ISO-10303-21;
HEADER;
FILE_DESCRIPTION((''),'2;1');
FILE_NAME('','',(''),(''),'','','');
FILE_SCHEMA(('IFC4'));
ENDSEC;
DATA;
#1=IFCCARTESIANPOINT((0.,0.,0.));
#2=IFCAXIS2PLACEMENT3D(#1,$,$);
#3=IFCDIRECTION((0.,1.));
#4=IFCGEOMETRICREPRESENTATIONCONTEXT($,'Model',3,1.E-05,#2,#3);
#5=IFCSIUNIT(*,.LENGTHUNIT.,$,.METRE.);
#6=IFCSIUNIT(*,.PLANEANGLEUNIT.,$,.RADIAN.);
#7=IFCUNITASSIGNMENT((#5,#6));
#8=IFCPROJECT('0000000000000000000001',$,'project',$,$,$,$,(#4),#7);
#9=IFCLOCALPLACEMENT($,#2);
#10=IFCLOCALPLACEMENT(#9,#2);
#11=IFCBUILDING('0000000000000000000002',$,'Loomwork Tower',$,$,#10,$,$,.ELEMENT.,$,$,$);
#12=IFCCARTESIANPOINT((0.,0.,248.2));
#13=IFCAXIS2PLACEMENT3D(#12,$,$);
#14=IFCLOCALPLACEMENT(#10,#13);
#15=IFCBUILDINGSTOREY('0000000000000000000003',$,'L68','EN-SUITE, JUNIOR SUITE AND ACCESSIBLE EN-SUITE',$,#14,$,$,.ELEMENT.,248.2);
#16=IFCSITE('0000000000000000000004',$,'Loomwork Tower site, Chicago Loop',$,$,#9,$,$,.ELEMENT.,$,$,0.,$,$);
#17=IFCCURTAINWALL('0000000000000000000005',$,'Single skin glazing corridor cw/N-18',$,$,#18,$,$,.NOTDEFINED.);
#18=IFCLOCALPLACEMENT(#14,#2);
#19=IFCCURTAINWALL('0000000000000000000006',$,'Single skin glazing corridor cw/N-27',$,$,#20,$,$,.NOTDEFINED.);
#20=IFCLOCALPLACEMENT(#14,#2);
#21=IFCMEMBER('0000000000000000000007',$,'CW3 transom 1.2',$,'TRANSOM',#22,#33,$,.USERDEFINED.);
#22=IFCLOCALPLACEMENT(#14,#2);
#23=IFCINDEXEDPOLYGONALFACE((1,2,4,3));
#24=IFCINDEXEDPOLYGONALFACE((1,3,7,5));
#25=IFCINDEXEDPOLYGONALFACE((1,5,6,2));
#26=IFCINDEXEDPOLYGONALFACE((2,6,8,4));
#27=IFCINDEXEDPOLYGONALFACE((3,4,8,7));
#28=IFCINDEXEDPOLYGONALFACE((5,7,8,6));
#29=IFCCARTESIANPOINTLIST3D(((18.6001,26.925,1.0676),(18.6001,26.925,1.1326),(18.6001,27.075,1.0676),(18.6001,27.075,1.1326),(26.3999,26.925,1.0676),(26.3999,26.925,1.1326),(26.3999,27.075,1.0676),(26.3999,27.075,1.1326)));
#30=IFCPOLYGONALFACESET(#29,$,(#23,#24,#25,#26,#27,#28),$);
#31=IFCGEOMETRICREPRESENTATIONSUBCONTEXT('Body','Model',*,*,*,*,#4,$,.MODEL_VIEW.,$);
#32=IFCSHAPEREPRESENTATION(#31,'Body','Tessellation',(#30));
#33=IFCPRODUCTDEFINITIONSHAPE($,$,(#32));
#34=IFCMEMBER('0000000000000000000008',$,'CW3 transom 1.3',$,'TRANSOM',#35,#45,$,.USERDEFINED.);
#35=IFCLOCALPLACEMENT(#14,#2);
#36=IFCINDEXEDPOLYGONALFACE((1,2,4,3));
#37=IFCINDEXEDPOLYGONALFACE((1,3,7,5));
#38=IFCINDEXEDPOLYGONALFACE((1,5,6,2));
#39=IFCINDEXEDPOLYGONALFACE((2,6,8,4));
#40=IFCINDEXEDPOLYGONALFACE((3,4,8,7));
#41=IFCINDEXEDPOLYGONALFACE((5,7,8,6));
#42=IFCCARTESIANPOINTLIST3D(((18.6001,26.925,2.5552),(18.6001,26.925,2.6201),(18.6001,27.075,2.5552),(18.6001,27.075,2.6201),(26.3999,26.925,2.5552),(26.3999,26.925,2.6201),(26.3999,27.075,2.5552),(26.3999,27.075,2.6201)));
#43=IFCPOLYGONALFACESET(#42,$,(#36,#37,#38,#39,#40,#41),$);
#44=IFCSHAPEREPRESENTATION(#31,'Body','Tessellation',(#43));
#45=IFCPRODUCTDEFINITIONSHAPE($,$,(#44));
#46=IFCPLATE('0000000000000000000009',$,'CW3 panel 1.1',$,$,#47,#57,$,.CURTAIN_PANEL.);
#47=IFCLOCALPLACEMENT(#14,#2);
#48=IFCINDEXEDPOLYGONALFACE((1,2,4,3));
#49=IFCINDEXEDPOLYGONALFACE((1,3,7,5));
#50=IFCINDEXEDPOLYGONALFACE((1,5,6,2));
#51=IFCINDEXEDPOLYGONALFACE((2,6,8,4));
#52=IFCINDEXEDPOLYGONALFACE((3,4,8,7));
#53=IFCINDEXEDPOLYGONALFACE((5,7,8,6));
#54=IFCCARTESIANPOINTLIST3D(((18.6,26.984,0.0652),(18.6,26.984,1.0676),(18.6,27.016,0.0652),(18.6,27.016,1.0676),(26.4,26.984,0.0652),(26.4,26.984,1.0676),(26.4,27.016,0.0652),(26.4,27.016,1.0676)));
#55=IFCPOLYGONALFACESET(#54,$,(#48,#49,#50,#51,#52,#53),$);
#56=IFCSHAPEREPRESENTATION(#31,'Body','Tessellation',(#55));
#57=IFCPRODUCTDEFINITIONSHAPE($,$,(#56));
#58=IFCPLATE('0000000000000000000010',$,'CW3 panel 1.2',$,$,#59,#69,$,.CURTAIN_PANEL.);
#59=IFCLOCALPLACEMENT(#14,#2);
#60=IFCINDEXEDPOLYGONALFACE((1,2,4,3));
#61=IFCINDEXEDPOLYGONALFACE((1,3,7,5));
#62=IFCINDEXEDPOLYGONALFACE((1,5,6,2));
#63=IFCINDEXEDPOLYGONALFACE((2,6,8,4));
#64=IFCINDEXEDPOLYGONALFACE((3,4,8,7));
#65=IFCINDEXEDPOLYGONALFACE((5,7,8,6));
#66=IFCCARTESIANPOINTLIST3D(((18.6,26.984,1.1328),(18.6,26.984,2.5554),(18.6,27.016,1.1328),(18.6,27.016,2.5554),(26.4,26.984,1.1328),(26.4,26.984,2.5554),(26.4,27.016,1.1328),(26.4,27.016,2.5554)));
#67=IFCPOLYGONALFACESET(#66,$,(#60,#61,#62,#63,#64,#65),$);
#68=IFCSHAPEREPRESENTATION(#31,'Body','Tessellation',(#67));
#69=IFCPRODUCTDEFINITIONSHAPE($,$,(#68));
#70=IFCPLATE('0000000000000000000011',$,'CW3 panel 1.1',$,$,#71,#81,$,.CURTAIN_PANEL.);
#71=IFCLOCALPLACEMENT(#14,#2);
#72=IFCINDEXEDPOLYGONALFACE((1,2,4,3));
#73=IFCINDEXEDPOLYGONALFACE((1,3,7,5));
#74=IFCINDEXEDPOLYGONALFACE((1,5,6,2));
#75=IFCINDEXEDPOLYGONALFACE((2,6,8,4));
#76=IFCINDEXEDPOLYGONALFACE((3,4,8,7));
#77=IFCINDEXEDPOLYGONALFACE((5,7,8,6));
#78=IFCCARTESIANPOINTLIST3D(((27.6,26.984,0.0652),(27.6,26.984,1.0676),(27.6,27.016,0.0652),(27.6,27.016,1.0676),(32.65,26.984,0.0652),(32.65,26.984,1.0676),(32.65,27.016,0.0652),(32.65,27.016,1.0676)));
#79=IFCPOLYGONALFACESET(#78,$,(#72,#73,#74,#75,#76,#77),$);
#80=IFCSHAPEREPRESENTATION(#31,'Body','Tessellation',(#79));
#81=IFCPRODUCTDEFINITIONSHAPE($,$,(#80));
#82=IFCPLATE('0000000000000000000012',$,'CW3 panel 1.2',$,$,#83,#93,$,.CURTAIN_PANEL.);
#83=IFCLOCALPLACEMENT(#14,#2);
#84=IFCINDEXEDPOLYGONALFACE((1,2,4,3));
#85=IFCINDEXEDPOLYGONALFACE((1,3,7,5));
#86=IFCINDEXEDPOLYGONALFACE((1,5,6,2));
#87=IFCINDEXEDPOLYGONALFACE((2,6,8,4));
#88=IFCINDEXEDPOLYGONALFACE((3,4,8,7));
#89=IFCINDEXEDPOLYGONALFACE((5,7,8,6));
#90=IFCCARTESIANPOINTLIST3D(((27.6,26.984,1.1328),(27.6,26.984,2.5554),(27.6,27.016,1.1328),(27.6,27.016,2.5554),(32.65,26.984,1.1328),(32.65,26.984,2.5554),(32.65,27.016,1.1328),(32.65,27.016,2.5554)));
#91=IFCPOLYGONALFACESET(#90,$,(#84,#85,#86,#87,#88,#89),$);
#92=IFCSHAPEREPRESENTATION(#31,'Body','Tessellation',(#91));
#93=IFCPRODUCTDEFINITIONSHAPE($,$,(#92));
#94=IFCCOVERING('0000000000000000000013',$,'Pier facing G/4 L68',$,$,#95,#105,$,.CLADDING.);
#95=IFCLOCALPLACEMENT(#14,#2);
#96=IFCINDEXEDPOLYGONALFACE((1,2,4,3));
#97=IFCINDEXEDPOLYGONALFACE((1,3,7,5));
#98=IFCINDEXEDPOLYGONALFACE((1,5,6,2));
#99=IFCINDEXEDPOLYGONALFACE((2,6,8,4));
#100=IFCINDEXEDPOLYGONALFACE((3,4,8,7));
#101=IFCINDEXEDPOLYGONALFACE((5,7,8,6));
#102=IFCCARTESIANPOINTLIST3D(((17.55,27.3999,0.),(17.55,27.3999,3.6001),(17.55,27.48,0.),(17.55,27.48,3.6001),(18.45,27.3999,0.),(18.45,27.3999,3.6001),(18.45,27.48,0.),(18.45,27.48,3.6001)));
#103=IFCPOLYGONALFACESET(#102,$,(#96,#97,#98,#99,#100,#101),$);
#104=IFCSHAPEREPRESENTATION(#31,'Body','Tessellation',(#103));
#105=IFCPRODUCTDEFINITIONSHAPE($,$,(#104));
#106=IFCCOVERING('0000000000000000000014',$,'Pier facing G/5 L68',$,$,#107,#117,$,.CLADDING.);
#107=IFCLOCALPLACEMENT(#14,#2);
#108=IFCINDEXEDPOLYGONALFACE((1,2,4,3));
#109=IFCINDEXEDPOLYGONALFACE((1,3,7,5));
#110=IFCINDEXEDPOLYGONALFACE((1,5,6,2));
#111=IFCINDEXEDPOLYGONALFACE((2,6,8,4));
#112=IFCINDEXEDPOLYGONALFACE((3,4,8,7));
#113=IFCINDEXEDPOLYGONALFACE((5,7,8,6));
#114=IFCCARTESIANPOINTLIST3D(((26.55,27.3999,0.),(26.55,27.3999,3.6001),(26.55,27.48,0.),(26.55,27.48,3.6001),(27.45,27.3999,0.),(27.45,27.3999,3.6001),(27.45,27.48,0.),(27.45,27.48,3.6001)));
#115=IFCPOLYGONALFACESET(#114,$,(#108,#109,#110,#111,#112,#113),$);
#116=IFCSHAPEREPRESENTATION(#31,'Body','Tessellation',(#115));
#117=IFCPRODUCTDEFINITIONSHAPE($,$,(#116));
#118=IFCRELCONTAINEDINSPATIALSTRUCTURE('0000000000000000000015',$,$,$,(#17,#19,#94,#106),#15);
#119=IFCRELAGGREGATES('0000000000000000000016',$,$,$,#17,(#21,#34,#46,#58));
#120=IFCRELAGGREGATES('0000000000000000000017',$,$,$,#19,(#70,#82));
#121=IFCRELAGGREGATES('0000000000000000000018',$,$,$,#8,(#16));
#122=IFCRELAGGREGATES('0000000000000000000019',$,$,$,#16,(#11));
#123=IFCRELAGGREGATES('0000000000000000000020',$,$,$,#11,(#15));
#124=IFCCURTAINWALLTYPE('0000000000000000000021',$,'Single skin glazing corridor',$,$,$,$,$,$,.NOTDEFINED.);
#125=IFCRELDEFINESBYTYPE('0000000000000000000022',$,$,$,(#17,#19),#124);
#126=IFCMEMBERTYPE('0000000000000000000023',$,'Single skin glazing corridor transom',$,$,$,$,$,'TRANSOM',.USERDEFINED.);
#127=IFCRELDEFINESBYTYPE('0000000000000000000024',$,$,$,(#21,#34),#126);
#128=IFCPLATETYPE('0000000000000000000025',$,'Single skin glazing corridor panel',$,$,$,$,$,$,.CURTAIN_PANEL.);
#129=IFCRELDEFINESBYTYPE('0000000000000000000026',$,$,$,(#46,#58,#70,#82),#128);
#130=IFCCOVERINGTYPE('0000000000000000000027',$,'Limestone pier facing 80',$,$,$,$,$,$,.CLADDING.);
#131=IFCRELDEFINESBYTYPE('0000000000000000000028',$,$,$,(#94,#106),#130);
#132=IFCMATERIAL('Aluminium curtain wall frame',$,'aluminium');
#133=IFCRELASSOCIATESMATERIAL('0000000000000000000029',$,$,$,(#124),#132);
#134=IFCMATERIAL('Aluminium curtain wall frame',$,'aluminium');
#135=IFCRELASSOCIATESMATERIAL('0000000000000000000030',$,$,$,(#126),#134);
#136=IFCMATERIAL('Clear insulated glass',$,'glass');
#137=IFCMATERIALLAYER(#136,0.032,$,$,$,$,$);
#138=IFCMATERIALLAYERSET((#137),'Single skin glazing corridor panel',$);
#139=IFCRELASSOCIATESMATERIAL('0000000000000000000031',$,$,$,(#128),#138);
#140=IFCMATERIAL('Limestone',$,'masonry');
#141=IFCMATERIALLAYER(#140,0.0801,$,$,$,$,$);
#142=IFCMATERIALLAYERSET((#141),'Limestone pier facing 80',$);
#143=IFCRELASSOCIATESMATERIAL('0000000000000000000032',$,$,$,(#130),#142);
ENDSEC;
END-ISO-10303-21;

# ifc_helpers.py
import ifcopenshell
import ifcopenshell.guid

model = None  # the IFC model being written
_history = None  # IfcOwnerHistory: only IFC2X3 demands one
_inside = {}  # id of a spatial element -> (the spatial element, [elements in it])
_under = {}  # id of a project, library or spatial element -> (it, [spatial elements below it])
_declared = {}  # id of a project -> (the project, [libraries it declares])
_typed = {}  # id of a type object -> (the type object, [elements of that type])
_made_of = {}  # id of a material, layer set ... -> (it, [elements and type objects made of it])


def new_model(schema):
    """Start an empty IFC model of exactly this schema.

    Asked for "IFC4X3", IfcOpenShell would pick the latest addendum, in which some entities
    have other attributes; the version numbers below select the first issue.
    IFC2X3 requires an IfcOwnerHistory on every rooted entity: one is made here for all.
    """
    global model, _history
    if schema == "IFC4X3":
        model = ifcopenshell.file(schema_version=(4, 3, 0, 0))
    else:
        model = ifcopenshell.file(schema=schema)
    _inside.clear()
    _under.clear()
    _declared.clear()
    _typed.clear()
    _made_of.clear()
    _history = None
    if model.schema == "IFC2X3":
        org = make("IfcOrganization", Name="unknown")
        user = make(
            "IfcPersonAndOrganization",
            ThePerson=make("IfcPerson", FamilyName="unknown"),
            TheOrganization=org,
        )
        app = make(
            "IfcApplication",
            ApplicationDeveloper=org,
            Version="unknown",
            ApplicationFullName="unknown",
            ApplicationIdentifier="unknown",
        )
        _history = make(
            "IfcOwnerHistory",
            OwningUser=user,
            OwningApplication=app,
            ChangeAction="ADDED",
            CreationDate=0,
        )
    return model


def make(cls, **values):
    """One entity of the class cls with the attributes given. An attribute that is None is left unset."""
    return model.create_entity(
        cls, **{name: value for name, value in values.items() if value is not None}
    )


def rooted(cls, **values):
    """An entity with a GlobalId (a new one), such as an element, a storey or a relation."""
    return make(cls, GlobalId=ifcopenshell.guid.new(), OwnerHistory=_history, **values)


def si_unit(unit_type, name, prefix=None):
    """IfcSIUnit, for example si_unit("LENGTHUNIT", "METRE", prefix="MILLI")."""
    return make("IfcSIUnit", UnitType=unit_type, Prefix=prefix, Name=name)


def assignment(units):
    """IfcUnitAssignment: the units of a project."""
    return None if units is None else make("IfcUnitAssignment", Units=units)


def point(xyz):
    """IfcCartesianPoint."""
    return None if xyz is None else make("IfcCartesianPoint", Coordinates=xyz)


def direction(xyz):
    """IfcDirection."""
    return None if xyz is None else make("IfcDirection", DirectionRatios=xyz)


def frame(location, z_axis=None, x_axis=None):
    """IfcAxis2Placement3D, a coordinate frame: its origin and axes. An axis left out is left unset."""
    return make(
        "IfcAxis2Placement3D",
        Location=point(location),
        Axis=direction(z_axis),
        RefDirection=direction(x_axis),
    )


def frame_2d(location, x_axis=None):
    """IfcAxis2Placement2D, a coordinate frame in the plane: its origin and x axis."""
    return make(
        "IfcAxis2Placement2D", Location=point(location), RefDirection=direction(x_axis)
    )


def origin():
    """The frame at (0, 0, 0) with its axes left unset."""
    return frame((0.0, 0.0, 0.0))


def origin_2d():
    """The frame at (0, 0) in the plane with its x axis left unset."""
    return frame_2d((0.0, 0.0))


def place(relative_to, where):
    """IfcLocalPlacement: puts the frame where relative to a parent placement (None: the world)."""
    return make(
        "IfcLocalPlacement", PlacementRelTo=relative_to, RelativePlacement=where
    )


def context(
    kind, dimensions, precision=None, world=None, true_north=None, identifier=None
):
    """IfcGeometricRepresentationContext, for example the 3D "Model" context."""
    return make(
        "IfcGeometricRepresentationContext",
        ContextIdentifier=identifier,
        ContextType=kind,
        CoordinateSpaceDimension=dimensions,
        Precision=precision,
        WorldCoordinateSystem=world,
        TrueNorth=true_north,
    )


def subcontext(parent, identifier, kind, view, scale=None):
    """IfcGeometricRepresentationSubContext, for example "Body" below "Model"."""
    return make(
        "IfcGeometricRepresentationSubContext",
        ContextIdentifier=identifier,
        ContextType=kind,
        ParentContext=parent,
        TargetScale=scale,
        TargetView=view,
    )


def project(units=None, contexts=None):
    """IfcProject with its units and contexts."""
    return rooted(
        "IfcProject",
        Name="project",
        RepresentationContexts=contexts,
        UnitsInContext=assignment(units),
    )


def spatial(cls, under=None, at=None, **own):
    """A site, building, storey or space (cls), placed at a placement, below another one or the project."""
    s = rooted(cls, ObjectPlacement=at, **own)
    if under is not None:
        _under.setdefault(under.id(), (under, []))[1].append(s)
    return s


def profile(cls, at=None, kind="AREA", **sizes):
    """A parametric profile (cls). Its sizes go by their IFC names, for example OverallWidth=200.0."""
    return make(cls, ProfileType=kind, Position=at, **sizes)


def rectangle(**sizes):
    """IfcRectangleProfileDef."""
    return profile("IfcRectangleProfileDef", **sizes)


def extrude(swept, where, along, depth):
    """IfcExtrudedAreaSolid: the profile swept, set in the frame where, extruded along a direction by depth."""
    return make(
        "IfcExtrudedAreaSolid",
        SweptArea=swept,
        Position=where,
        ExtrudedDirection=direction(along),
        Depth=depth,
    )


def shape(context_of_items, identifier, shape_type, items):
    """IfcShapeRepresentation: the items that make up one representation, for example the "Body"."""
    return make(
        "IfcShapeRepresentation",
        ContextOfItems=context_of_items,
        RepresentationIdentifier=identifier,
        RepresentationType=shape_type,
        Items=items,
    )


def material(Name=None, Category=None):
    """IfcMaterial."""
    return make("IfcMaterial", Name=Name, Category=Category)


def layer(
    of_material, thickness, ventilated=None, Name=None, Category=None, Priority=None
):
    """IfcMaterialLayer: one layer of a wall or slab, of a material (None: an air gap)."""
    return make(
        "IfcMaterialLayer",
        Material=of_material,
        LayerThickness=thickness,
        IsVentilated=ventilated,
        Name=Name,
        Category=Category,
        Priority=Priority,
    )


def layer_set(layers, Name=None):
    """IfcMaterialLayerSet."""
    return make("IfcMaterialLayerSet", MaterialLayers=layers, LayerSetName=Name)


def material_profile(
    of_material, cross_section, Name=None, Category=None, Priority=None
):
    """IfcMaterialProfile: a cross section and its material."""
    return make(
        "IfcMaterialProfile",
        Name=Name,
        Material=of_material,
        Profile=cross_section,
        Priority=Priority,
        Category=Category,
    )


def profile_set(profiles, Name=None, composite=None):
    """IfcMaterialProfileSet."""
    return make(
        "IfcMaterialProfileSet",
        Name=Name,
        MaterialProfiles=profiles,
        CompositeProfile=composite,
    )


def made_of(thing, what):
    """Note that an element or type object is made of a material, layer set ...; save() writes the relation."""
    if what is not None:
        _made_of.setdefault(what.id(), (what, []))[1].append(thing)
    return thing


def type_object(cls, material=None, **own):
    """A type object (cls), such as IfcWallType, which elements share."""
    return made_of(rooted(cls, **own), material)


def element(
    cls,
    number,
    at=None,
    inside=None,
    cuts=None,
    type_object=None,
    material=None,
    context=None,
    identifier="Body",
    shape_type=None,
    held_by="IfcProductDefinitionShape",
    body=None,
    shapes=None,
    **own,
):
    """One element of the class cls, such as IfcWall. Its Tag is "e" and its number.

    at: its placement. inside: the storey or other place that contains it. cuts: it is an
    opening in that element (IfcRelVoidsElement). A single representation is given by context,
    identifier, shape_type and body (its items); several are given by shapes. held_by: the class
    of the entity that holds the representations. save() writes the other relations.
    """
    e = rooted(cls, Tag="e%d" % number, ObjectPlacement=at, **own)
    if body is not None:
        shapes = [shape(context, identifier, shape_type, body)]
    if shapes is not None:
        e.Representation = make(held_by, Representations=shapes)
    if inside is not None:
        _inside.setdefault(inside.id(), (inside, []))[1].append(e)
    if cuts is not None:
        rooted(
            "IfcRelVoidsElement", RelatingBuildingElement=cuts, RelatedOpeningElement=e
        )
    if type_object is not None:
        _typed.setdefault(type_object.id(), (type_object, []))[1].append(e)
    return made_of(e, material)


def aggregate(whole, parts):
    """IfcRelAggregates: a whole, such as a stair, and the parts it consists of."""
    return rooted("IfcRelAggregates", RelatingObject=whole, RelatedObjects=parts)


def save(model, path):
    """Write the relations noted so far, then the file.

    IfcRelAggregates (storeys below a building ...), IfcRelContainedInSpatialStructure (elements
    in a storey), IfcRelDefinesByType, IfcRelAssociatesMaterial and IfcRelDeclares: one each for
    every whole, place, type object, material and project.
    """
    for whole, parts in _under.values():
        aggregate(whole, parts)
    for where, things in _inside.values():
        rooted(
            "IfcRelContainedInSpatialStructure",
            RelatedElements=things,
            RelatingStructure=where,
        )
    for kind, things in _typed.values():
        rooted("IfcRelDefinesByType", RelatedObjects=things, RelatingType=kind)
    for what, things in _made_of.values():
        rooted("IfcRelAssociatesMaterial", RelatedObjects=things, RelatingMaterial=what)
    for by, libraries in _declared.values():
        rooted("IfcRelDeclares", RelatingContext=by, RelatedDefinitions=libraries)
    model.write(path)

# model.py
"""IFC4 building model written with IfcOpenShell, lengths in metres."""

from ifc_helpers import new_model, si_unit, direction, frame, origin, origin_2d, place, context, subcontext, project, spatial, rectangle, extrude, material, layer, layer_set, material_profile, profile_set, type_object, element, aggregate, save


model = new_model("IFC4")

# Units and contexts
model_context = context("Model", 3, precision=1e-05, world=origin(), true_north=direction((0.0, 1.0)))
body_context = subcontext(model_context, "Body", "Model", "MODEL_VIEW")
ifc_project = project(units=[si_unit("LENGTHUNIT", "METRE"), si_unit("PLANEANGLEUNIT", "RADIAN")], contexts=[model_context])

# Site, building, storey
site_placement = place(None, origin())
site = spatial("IfcSite", under=ifc_project, at=site_placement, Name="Loomwork Tower site, Chicago Loop", CompositionType="ELEMENT", RefElevation=0.0)
building_placement = place(site_placement, origin())
building = spatial("IfcBuilding", under=site, at=building_placement, Name="Loomwork Tower", CompositionType="ELEMENT")
storey_placement = place(building_placement, frame((0.0, 0.0, 248.2)))
storey = spatial("IfcBuildingStorey", under=building, at=storey_placement, Name="L68", Description="EN-SUITE, JUNIOR SUITE AND ACCESSIBLE EN-SUITE", CompositionType="ELEMENT", Elevation=248.2)

# Shared definitions
ifc_material_1 = material(Name="Aluminium curtain wall frame", Category="aluminium")
curtain_wall_type = type_object("IfcCurtainWallType", Name="Single skin glazing corridor", PredefinedType="NOTDEFINED", material=ifc_material_1)

# Curtain wall
curtain_wall_1_placement = place(storey_placement, origin())
curtain_wall_1 = element("IfcCurtainWall", 1, at=curtain_wall_1_placement, inside=storey, type_object=curtain_wall_type, Name="Single skin glazing corridor cw/N-18", PredefinedType="NOTDEFINED")

# Curtain wall
curtain_wall_2_placement = place(storey_placement, origin())
curtain_wall_2 = element("IfcCurtainWall", 2, at=curtain_wall_2_placement, inside=storey, type_object=curtain_wall_type, Name="Single skin glazing corridor cw/N-27", PredefinedType="NOTDEFINED")

# Members
ifc_material_2 = material(Name="Aluminium curtain wall frame", Category="aluminium")
ifc_material_profile_1 = material_profile(ifc_material_2, rectangle(XDim=0.1499, YDim=0.0649, at=origin_2d()), Name="AL 65x150")
ifc_profile_set_1 = profile_set([ifc_material_profile_1], Name="Aluminium curtain wall frame")
member_type_1 = type_object("IfcMemberType", Name="Single skin glazing corridor transom", ElementType="TRANSOM", PredefinedType="USERDEFINED", material=ifc_profile_set_1)
member_1_placement = place(storey_placement, frame((26.3999, 27.0, 1.1001), z_axis=(-1.0, 0.0, 0.0), x_axis=(0.0, -1.0, 0.0)))
member_1 = element("IfcMember", 3, at=member_1_placement, type_object=member_type_1, Name="CW3 transom 1.2", ObjectType="TRANSOM", PredefinedType="USERDEFINED", context=body_context, shape_type="SweptSolid", body=[
    extrude(rectangle(XDim=0.1499, YDim=0.0649, at=origin_2d()), origin(), (0.0, 0.0, 1.0), 7.7998),
])
member_2_placement = place(storey_placement, frame((26.3999, 27.0, 2.5876), z_axis=(-1.0, 0.0, 0.0), x_axis=(0.0, -1.0, 0.0)))
member_2 = element("IfcMember", 4, at=member_2_placement, type_object=member_type_1, Name="CW3 transom 1.3", ObjectType="TRANSOM", PredefinedType="USERDEFINED", context=body_context, shape_type="SweptSolid", body=[
    extrude(rectangle(XDim=0.1499, YDim=0.0649, at=origin_2d()), origin(), (0.0, 0.0, 1.0), 7.7998),
])

# Plates
ifc_material_3 = material(Name="Clear insulated glass", Category="glass")
ifc_layer_1 = layer(ifc_material_3, 0.032)
ifc_layer_set_1 = layer_set([ifc_layer_1], Name="Single skin glazing corridor panel")
plate_type = type_object("IfcPlateType", Name="Single skin glazing corridor panel", PredefinedType="CURTAIN_PANEL", material=ifc_layer_set_1)
plate_1_placement = place(storey_placement, frame((22.5, 27.0, 0.0652), z_axis=(0.0, 0.0, 1.0), x_axis=(-1.0, 0.0, 0.0)))
plate_1 = element("IfcPlate", 5, at=plate_1_placement, type_object=plate_type, Name="CW3 panel 1.1", PredefinedType="CURTAIN_PANEL", context=body_context, shape_type="SweptSolid", body=[
    extrude(rectangle(XDim=7.8, YDim=0.032, at=origin_2d()), origin(), (0.0, 0.0, 1.0), 1.0024),
])
plate_2_placement = place(storey_placement, frame((22.5, 27.0, 1.1328), z_axis=(0.0, 0.0, 1.0), x_axis=(-1.0, 0.0, 0.0)))
plate_2 = element("IfcPlate", 6, at=plate_2_placement, type_object=plate_type, Name="CW3 panel 1.2", PredefinedType="CURTAIN_PANEL", context=body_context, shape_type="SweptSolid", body=[
    extrude(rectangle(XDim=7.8, YDim=0.032, at=origin_2d()), origin(), (0.0, 0.0, 1.0), 1.4226),
])
aggregate(curtain_wall_1, [member_1, member_2, plate_1, plate_2])
plate_3_placement = place(storey_placement, frame((30.125, 27.0, 0.0652), z_axis=(0.0, 0.0, 1.0), x_axis=(-1.0, 0.0, 0.0)))
plate_3 = element("IfcPlate", 7, at=plate_3_placement, type_object=plate_type, Name="CW3 panel 1.1", PredefinedType="CURTAIN_PANEL", context=body_context, shape_type="SweptSolid", body=[
    extrude(rectangle(XDim=5.05, YDim=0.032, at=origin_2d()), origin(), (0.0, 0.0, 1.0), 1.0024),
])
plate_4_placement = place(storey_placement, frame((30.125, 27.0, 1.1328), z_axis=(0.0, 0.0, 1.0), x_axis=(-1.0, 0.0, 0.0)))
plate_4 = element("IfcPlate", 8, at=plate_4_placement, type_object=plate_type, Name="CW3 panel 1.2", PredefinedType="CURTAIN_PANEL", context=body_context, shape_type="SweptSolid", body=[
    extrude(rectangle(XDim=5.05, YDim=0.032, at=origin_2d()), origin(), (0.0, 0.0, 1.0), 1.4226),
])
aggregate(curtain_wall_2, [plate_3, plate_4])

# Coverings
ifc_material_4 = material(Name="Limestone", Category="masonry")
ifc_layer_2 = layer(ifc_material_4, 0.0801)
ifc_layer_set_2 = layer_set([ifc_layer_2], Name="Limestone pier facing 80")
covering_type = type_object("IfcCoveringType", Name="Limestone pier facing 80", PredefinedType="CLADDING", material=ifc_layer_set_2)
for number, where, z_axis, x_axis, name in (
    (9, (18.0, 27.4399, 0.0), (0.0, 0.0, 1.0), (1.0, 0.0, 0.0), "Pier facing G/4 L68"),
    (10, (27.0, 27.4399, 0.0), (0.0, 0.0, 1.0), (1.0, 0.0, 0.0), "Pier facing G/5 L68"),
):
    element("IfcCovering", number, at=place(storey_placement, frame(where, z_axis=z_axis, x_axis=x_axis)), inside=storey, type_object=covering_type, Name=name, PredefinedType="CLADDING", context=body_context, shape_type="SweptSolid", body=[
        extrude(rectangle(XDim=0.8999, YDim=0.0801, at=origin_2d()), origin(), (0.0, 0.0, 1.0), 3.6001),
    ])

save(model, "model.ifc")
